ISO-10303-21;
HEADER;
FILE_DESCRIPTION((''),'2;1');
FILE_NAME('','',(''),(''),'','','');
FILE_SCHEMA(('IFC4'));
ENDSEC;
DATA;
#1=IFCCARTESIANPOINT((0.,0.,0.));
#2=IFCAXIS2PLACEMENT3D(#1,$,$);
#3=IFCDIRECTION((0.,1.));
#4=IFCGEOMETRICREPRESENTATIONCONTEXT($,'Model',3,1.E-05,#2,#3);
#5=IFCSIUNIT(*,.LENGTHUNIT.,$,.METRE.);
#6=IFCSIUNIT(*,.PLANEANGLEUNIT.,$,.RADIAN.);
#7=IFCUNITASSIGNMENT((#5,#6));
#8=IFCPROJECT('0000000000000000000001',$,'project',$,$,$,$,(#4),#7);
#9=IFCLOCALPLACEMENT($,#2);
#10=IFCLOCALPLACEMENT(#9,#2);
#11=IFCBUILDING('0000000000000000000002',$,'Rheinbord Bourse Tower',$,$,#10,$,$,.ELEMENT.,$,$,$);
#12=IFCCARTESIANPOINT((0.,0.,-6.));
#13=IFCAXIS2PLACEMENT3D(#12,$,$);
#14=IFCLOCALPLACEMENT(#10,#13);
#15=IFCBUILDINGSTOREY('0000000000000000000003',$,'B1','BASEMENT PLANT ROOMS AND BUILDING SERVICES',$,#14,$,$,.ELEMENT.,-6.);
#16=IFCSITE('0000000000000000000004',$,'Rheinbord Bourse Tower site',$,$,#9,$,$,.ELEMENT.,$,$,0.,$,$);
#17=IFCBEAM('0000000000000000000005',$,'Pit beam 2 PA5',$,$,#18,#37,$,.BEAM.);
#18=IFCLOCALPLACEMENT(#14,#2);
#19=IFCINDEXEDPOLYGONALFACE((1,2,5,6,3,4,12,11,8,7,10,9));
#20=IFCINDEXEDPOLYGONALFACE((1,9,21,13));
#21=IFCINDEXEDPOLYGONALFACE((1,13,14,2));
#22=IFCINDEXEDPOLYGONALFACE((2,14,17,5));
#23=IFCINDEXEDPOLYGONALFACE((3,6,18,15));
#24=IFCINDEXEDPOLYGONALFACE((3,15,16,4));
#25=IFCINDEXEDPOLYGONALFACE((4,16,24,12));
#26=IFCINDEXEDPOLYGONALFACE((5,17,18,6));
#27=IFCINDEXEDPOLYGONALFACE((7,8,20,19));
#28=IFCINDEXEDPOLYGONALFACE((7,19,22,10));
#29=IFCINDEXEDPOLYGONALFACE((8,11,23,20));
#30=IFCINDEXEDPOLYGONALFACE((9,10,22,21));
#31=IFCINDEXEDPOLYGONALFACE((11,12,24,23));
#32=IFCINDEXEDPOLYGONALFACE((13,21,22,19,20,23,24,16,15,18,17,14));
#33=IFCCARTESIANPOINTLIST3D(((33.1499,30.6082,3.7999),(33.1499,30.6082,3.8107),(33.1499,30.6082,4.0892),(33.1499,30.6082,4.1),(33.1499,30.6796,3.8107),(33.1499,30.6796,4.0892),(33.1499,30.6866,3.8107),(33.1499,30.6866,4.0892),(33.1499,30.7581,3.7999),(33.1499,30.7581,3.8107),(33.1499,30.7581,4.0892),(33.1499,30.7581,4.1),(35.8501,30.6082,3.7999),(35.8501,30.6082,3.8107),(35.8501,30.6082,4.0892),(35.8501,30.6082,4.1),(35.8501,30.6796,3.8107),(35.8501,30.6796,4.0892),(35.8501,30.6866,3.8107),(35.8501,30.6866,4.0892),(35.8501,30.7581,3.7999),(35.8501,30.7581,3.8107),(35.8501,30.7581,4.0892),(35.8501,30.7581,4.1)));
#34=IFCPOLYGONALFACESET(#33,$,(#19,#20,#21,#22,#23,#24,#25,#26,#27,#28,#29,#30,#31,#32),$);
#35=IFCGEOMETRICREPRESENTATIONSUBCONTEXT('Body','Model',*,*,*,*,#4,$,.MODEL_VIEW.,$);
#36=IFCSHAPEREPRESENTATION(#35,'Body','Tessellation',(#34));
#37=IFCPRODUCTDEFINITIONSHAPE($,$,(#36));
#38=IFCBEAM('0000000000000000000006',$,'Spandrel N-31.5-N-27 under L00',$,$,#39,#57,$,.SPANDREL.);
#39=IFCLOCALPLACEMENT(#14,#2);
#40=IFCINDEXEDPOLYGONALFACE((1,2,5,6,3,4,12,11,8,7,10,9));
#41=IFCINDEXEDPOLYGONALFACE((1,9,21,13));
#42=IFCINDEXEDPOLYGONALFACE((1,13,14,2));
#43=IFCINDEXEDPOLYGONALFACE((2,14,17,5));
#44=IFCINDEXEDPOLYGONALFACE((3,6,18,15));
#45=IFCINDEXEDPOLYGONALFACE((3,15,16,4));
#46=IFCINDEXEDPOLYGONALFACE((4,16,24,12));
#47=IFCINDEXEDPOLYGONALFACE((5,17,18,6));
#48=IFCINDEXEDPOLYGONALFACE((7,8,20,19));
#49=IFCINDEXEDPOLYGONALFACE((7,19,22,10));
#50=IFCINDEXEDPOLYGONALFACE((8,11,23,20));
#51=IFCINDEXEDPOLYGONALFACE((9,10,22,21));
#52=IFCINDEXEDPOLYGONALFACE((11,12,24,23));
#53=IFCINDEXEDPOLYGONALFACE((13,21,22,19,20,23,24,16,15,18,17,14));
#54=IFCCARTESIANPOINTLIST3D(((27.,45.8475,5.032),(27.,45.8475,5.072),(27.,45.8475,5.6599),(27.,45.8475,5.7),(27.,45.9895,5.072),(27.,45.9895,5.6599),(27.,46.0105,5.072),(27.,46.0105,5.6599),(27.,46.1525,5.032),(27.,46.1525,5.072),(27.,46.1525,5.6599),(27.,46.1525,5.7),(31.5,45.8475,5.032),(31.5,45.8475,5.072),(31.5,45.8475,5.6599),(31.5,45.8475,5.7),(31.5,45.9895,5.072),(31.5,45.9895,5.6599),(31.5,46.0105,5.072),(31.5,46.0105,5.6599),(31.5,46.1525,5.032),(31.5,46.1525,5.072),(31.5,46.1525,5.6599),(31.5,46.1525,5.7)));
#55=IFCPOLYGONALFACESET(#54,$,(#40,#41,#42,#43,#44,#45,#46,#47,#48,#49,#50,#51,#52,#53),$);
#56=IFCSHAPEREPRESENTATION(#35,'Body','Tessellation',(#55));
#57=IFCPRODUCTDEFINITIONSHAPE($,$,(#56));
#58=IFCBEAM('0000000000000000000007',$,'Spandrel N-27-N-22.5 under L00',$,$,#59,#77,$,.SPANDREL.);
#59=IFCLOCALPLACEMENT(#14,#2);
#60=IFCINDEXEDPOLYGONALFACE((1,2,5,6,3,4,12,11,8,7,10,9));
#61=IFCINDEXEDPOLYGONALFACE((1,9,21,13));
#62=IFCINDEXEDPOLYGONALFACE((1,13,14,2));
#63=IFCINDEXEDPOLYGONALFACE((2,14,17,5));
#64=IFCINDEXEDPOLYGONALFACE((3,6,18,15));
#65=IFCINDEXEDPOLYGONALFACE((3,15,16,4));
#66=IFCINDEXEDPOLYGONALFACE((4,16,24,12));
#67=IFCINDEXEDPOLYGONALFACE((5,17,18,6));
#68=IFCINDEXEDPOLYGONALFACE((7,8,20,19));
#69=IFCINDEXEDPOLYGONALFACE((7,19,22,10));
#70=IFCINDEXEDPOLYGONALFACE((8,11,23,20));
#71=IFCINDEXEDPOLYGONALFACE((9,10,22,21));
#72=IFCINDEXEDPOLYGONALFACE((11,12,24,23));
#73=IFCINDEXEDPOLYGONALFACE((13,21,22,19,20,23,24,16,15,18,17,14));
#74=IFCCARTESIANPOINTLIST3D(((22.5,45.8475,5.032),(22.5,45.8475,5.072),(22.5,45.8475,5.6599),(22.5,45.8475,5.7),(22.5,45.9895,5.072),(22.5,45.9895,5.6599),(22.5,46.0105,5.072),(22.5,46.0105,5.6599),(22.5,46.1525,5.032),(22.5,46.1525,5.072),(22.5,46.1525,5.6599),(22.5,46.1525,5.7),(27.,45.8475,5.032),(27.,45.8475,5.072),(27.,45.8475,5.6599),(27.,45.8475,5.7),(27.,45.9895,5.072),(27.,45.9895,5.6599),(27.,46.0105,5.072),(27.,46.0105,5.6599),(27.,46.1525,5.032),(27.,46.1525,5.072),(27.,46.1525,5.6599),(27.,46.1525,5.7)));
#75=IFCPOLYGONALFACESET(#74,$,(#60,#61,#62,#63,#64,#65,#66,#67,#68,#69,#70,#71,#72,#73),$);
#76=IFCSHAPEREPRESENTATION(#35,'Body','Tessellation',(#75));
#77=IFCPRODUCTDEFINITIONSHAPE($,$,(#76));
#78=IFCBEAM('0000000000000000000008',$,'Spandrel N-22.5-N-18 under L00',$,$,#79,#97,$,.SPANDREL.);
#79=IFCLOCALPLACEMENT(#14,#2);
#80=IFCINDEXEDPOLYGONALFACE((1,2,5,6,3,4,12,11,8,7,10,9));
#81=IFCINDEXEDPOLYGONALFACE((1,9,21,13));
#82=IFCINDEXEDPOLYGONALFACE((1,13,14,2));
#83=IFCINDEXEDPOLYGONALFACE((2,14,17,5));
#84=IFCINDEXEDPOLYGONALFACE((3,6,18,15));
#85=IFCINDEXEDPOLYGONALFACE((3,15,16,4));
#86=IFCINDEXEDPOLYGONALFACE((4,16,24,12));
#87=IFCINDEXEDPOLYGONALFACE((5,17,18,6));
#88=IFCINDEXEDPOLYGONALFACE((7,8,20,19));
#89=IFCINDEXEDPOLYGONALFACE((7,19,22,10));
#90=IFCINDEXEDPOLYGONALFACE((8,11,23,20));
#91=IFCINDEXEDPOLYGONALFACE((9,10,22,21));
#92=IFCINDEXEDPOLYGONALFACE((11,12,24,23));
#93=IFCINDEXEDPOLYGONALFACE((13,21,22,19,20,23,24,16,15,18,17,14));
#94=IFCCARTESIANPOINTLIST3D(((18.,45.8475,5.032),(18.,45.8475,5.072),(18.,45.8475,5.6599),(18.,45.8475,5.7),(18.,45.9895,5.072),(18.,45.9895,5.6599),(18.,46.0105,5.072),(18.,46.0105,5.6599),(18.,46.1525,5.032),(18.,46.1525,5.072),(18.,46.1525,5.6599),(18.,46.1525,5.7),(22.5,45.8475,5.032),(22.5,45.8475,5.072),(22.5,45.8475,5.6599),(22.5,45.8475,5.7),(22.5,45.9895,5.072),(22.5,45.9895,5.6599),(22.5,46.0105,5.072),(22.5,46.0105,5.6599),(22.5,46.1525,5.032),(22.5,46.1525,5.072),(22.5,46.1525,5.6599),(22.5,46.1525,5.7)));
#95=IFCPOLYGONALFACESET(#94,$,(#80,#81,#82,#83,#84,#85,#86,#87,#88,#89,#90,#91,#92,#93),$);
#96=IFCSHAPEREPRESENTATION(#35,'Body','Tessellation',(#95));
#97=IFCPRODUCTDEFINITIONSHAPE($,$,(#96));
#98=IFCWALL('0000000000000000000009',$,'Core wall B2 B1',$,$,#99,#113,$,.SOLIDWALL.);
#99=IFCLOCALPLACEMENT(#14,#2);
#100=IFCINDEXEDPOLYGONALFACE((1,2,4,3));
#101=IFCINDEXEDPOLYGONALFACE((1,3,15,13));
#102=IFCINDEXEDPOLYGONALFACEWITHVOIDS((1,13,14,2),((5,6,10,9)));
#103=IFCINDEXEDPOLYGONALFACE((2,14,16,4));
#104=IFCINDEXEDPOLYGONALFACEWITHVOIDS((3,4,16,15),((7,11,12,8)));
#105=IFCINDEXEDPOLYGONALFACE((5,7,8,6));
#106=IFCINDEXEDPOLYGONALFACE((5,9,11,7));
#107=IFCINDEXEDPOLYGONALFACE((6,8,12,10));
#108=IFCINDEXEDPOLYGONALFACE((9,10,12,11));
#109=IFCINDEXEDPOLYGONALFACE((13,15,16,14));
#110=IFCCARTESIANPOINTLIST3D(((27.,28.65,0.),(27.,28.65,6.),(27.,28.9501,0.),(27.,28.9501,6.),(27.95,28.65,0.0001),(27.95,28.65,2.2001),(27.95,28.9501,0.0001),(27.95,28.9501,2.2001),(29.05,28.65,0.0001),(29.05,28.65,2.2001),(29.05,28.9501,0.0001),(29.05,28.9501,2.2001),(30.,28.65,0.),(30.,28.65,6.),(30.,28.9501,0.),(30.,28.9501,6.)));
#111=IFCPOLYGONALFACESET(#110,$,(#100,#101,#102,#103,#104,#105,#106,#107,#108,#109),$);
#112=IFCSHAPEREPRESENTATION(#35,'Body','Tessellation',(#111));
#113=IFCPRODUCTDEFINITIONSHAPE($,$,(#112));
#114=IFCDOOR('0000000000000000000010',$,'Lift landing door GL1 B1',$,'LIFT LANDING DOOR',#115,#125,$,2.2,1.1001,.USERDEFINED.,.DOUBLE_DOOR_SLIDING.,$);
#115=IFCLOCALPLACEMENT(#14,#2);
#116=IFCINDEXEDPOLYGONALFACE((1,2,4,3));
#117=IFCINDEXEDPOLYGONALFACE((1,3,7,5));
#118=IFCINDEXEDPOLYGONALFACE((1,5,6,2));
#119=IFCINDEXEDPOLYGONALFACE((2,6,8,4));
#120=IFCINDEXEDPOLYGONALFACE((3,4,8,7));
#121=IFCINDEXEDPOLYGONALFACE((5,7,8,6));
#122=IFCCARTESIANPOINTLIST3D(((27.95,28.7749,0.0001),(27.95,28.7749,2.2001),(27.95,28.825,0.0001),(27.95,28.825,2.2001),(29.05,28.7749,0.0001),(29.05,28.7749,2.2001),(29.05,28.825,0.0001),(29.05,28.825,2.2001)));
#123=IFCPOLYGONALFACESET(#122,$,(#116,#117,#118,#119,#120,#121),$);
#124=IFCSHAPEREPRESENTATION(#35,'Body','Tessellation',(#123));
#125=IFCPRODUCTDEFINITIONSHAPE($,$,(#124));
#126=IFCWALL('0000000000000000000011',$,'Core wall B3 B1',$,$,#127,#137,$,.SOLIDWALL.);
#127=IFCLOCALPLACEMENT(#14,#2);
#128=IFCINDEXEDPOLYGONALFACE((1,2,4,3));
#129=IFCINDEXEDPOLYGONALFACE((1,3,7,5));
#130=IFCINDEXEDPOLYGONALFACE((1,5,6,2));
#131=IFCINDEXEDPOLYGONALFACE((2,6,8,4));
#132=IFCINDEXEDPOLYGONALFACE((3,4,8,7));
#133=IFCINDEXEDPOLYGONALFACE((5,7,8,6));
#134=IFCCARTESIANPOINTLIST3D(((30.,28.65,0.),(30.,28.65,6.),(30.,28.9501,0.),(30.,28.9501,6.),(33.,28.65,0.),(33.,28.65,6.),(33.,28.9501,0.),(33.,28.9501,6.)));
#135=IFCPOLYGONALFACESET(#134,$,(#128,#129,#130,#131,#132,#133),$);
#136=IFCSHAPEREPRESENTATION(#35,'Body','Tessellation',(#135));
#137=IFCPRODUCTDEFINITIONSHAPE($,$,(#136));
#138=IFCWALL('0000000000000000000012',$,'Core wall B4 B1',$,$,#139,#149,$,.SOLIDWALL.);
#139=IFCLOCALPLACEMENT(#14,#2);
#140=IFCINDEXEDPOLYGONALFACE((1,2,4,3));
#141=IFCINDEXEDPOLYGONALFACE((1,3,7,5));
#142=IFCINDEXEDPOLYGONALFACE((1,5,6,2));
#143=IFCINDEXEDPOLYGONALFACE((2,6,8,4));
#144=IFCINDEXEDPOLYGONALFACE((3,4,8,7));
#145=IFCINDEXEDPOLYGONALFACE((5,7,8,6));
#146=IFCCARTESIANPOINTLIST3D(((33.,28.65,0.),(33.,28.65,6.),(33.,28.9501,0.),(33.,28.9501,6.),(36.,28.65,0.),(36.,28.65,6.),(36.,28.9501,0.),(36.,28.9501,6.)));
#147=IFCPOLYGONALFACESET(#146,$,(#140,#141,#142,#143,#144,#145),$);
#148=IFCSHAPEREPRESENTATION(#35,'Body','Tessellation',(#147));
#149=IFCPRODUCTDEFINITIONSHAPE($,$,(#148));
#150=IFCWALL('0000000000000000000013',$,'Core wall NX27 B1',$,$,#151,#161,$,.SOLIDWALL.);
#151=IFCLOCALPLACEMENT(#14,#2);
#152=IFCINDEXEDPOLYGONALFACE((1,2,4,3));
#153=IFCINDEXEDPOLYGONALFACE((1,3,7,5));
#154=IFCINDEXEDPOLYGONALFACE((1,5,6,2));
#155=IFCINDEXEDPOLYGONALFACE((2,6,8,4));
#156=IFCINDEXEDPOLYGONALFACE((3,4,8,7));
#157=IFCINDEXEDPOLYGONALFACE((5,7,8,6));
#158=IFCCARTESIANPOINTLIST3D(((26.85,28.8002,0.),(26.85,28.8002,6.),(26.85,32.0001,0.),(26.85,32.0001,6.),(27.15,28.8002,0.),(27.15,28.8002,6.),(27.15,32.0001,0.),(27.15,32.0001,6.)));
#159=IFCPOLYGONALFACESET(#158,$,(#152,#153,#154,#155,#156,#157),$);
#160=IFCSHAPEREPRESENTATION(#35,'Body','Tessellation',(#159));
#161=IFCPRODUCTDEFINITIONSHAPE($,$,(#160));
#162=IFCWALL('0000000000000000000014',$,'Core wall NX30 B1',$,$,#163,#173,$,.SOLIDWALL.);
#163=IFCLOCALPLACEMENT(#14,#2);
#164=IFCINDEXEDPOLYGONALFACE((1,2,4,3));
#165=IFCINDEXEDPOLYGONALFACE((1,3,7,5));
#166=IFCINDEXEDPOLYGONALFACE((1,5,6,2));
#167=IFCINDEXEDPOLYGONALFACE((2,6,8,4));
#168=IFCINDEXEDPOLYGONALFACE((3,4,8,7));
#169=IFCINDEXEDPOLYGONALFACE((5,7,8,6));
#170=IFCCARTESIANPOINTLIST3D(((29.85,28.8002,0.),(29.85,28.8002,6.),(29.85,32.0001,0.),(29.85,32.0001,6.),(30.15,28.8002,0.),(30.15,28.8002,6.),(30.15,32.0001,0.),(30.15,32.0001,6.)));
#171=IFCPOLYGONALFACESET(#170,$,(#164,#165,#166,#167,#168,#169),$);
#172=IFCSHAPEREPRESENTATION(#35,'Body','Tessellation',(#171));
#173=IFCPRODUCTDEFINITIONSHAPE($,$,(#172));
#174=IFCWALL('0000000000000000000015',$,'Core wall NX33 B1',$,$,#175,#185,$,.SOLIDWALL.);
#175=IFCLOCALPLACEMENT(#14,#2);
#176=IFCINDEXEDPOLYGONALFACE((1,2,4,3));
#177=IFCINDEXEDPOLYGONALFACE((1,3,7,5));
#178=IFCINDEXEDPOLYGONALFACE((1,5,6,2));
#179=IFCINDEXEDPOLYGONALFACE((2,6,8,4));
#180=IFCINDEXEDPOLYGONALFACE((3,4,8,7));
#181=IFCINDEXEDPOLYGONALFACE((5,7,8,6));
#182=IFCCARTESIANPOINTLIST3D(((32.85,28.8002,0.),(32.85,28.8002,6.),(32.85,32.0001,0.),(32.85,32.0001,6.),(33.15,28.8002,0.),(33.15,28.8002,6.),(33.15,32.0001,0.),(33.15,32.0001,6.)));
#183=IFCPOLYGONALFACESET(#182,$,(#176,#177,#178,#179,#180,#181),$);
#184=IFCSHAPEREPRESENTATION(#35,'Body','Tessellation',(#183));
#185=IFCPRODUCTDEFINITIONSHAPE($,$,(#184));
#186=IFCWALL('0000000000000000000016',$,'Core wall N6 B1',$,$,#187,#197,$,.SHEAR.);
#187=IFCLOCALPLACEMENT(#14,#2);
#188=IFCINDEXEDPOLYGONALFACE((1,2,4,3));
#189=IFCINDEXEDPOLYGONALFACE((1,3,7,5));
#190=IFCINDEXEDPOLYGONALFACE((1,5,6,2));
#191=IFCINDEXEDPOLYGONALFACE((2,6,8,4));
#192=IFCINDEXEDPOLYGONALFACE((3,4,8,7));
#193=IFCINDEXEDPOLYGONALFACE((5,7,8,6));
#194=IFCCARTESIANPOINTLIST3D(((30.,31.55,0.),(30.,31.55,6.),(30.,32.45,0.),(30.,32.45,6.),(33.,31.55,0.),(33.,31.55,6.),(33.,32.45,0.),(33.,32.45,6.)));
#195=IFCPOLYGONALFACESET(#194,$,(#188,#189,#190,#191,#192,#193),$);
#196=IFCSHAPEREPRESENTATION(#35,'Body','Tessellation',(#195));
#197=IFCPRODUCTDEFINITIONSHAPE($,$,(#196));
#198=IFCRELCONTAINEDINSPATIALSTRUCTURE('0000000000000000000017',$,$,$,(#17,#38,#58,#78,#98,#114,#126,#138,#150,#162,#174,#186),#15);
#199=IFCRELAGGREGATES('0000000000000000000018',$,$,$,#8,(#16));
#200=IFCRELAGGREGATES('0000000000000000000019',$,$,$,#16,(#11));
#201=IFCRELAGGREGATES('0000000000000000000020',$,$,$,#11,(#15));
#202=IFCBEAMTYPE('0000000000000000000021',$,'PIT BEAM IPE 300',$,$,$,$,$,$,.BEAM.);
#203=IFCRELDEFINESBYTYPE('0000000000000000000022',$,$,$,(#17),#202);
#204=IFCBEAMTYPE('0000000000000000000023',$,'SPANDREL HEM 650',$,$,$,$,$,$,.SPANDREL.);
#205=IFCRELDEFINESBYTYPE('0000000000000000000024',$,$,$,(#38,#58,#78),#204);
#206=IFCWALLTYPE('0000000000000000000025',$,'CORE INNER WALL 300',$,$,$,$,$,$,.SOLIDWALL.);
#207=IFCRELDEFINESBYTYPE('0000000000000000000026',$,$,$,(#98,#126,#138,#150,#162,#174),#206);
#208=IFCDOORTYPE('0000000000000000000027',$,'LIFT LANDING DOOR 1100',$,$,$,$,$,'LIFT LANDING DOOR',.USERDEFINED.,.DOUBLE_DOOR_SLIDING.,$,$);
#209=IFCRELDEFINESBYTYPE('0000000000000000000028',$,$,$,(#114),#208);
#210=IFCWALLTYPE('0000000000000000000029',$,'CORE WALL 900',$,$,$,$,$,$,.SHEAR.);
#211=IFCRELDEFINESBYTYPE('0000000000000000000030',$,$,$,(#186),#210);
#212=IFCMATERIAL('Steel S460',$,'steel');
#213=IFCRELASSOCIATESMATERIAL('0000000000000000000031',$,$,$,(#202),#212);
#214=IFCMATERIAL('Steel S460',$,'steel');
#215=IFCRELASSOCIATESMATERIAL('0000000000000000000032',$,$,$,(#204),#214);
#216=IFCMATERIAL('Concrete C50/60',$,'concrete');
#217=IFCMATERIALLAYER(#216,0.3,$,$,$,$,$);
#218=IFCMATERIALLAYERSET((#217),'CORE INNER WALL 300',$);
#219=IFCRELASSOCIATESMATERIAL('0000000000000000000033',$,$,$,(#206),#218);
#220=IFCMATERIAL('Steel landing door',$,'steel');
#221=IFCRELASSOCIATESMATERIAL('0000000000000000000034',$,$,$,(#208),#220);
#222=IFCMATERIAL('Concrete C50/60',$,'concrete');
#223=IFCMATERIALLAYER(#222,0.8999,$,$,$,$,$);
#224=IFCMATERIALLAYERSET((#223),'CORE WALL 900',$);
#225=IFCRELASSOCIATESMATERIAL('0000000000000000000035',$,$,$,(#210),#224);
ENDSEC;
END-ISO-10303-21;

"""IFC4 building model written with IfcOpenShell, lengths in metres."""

from ifc_helpers import new_model, si_unit, direction, frame, frame_2d, origin, origin_2d, place, context, subcontext, project, spatial, rectangle, i_section, extrude, material, layer, layer_set, material_profile, profile_set, type_object, element, fill, save


model = new_model("IFC4")

# Units and contexts
model_context = context("Model", 3, precision=1e-05, world=origin(), true_north=direction((0.0, 1.0)))
body_context = subcontext(model_context, "Body", "Model", "MODEL_VIEW")
ifc_project = project(units=[si_unit("LENGTHUNIT", "METRE"), si_unit("PLANEANGLEUNIT", "RADIAN")], contexts=[model_context])

# Site, building, storey
site_placement = place(None, origin())
site = spatial("IfcSite", under=ifc_project, at=site_placement, Name="Rheinbord Bourse Tower site", CompositionType="ELEMENT", RefElevation=0.0)
building_placement = place(site_placement, origin())
building = spatial("IfcBuilding", under=site, at=building_placement, Name="Rheinbord Bourse Tower", CompositionType="ELEMENT")
storey_placement = place(building_placement, frame((0.0, 0.0, -6.0)))
storey = spatial("IfcBuildingStorey", under=building, at=storey_placement, Name="B1", Description="BASEMENT PLANT ROOMS AND BUILDING SERVICES", CompositionType="ELEMENT", Elevation=-6.0)

# Beams
ifc_material_1 = material(Name="Steel S460", Category="steel")
ifc_material_profile_1 = material_profile(ifc_material_1, i_section(OverallWidth=0.1499, OverallDepth=0.3, WebThickness=0.0071, FlangeThickness=0.0107, at=origin_2d()), Name="IPE 300")
ifc_profile_set_1 = profile_set([ifc_material_profile_1], Name="Steel S460")
beam_type_1 = type_object("IfcBeamType", Name="PIT BEAM IPE 300", PredefinedType="BEAM", material=ifc_profile_set_1)
for number, where, z_axis, x_axis, name in (
    (1, (33.1499, 30.6831, 3.95), (1.0, 0.0, 0.0), (0.0, 1.0, 0.0), "Pit beam 2 PA5"),
):
    element("IfcBeam", number, at=place(storey_placement, frame(where, z_axis=z_axis, x_axis=x_axis)), inside=storey, type_object=beam_type_1, Name=name, PredefinedType="BEAM", context=body_context, shape_type="SweptSolid", body=[
        extrude(i_section(OverallWidth=0.1499, OverallDepth=0.3, WebThickness=0.0071, FlangeThickness=0.0107, at=origin_2d()), origin(), (0.0, 0.0, 1.0), 2.7002),
    ])
ifc_material_2 = material(Name="Steel S460", Category="steel")
ifc_material_profile_2 = material_profile(ifc_material_2, i_section(OverallWidth=0.3049, OverallDepth=0.668, WebThickness=0.021, FlangeThickness=0.04, at=origin_2d()), Name="HEM 650")
ifc_profile_set_2 = profile_set([ifc_material_profile_2], Name="Steel S460")
beam_type_2 = type_object("IfcBeamType", Name="SPANDREL HEM 650", PredefinedType="SPANDREL", material=ifc_profile_set_2)
for number, where, z_axis, x_axis, name in (
    (2, (31.5, 46.0, 5.366), (-1.0, 0.0, 0.0), (0.0, -1.0, 0.0), "Spandrel N-31.5-N-27 under L00"),
    (3, (27.0, 46.0, 5.366), (-1.0, 0.0, 0.0), (0.0, -1.0, 0.0), "Spandrel N-27-N-22.5 under L00"),
    (4, (22.5, 46.0, 5.366), (-1.0, 0.0, 0.0), (0.0, -1.0, 0.0), "Spandrel N-22.5-N-18 under L00"),
):
    element("IfcBeam", number, at=place(storey_placement, frame(where, z_axis=z_axis, x_axis=x_axis)), inside=storey, type_object=beam_type_2, Name=name, PredefinedType="SPANDREL", context=body_context, shape_type="SweptSolid", body=[
        extrude(i_section(OverallWidth=0.3049, OverallDepth=0.668, WebThickness=0.021, FlangeThickness=0.04, at=origin_2d()), origin(), (0.0, 0.0, 1.0), 4.5),
    ])

# Wall, opening, door
ifc_material_3 = material(Name="Concrete C50/60", Category="concrete")
ifc_layer_1 = layer(ifc_material_3, 0.3)
ifc_layer_set_1 = layer_set([ifc_layer_1], Name="CORE INNER WALL 300")
wall_type_1 = type_object("IfcWallType", Name="CORE INNER WALL 300", PredefinedType="SOLIDWALL", material=ifc_layer_set_1)
wall_1_placement = place(storey_placement, frame((27.0, 28.8, 0.0), z_axis=(0.0, 0.0, 1.0), x_axis=(1.0, 0.0, 0.0)))
wall_1 = element("IfcWall", 5, at=wall_1_placement, inside=storey, type_object=wall_type_1, Name="Core wall B2 B1", PredefinedType="SOLIDWALL", context=body_context, shape_type="SweptSolid", body=[
    extrude(rectangle(XDim=3.0, YDim=0.3, at=frame_2d((1.5, 0.0))), origin(), (0.0, 0.0, 1.0), 6.0),
])
opening_placement = place(wall_1_placement, frame((0.95, 0.0, 0.0)))
opening = element("IfcOpeningElement", 6, at=opening_placement, cuts=wall_1, PredefinedType="OPENING", context=body_context, shape_type="SweptSolid", body=[
    extrude(rectangle(XDim=1.1001, YDim=2.2, at=frame_2d((0.55, 1.1001))), frame((0.0, 0.1599, 0.0), z_axis=(0.0, -1.0, 0.0), x_axis=(1.0, 0.0, 0.0)), (0.0, 0.0, 1.0), 0.3201),
])
ifc_material_4 = material(Name="Steel landing door", Category="steel")
door_type = type_object("IfcDoorType", Name="LIFT LANDING DOOR 1100", ElementType="LIFT LANDING DOOR", OperationType="DOUBLE_DOOR_SLIDING", PredefinedType="USERDEFINED", material=ifc_material_4)
door_placement = place(opening_placement, origin())
door = element("IfcDoor", 7, at=door_placement, inside=storey, type_object=door_type, Name="Lift landing door GL1 B1", ObjectType="LIFT LANDING DOOR", OperationType="DOUBLE_DOOR_SLIDING", OverallHeight=2.2, OverallWidth=1.1001, PredefinedType="USERDEFINED", context=body_context, shape_type="SweptSolid", body=[
    extrude(rectangle(XDim=1.1001, YDim=2.2, at=frame_2d((0.55, 1.1001))), frame((0.0, 0.0249, 0.0), z_axis=(0.0, -1.0, 0.0), x_axis=(1.0, 0.0, 0.0)), (0.0, 0.0, 1.0), 0.05),
])
fill(opening, door)

# Walls
for number, where, z_axis, x_axis, name in (
    (8, (30.0, 28.8, 0.0), (0.0, 0.0, 1.0), (1.0, 0.0, 0.0), "Core wall B3 B1"),
    (9, (33.0, 28.8, 0.0), (0.0, 0.0, 1.0), (1.0, 0.0, 0.0), "Core wall B4 B1"),
):
    element("IfcWall", number, at=place(storey_placement, frame(where, z_axis=z_axis, x_axis=x_axis)), inside=storey, type_object=wall_type_1, Name=name, PredefinedType="SOLIDWALL", context=body_context, shape_type="SweptSolid", body=[
        extrude(rectangle(XDim=3.0, YDim=0.3, at=frame_2d((1.5, 0.0))), origin(), (0.0, 0.0, 1.0), 6.0),
    ])
for number, where, z_axis, x_axis, name in (
    (10, (27.0, 28.8, 0.0), (0.0, 0.0, 1.0), (0.0, 1.0, 0.0), "Core wall NX27 B1"),
    (11, (30.0, 28.8, 0.0), (0.0, 0.0, 1.0), (0.0, 1.0, 0.0), "Core wall NX30 B1"),
    (12, (33.0, 28.8, 0.0), (0.0, 0.0, 1.0), (0.0, 1.0, 0.0), "Core wall NX33 B1"),
):
    element("IfcWall", number, at=place(storey_placement, frame(where, z_axis=z_axis, x_axis=x_axis)), inside=storey, type_object=wall_type_1, Name=name, PredefinedType="SOLIDWALL", context=body_context, shape_type="SweptSolid", body=[
        extrude(rectangle(XDim=3.2, YDim=0.3, at=frame_2d((1.6001, 0.0))), origin(), (0.0, 0.0, 1.0), 6.0),
    ])
ifc_material_5 = material(Name="Concrete C50/60", Category="concrete")
ifc_layer_2 = layer(ifc_material_5, 0.8999)
ifc_layer_set_2 = layer_set([ifc_layer_2], Name="CORE WALL 900")
wall_type_2 = type_object("IfcWallType", Name="CORE WALL 900", PredefinedType="SHEAR", material=ifc_layer_set_2)
for number, where, z_axis, x_axis, name in (
    (13, (33.0, 32.0, 0.0), (0.0, 0.0, 1.0), (-1.0, 0.0, 0.0), "Core wall N6 B1"),
):
    element("IfcWall", number, at=place(storey_placement, frame(where, z_axis=z_axis, x_axis=x_axis)), inside=storey, type_object=wall_type_2, Name=name, PredefinedType="SHEAR", context=body_context, shape_type="SweptSolid", body=[
        extrude(rectangle(XDim=3.0, YDim=0.8999, at=frame_2d((1.5, 0.0))), origin(), (0.0, 0.0, 1.0), 6.0),
    ])

save(model, "model.ifc")
